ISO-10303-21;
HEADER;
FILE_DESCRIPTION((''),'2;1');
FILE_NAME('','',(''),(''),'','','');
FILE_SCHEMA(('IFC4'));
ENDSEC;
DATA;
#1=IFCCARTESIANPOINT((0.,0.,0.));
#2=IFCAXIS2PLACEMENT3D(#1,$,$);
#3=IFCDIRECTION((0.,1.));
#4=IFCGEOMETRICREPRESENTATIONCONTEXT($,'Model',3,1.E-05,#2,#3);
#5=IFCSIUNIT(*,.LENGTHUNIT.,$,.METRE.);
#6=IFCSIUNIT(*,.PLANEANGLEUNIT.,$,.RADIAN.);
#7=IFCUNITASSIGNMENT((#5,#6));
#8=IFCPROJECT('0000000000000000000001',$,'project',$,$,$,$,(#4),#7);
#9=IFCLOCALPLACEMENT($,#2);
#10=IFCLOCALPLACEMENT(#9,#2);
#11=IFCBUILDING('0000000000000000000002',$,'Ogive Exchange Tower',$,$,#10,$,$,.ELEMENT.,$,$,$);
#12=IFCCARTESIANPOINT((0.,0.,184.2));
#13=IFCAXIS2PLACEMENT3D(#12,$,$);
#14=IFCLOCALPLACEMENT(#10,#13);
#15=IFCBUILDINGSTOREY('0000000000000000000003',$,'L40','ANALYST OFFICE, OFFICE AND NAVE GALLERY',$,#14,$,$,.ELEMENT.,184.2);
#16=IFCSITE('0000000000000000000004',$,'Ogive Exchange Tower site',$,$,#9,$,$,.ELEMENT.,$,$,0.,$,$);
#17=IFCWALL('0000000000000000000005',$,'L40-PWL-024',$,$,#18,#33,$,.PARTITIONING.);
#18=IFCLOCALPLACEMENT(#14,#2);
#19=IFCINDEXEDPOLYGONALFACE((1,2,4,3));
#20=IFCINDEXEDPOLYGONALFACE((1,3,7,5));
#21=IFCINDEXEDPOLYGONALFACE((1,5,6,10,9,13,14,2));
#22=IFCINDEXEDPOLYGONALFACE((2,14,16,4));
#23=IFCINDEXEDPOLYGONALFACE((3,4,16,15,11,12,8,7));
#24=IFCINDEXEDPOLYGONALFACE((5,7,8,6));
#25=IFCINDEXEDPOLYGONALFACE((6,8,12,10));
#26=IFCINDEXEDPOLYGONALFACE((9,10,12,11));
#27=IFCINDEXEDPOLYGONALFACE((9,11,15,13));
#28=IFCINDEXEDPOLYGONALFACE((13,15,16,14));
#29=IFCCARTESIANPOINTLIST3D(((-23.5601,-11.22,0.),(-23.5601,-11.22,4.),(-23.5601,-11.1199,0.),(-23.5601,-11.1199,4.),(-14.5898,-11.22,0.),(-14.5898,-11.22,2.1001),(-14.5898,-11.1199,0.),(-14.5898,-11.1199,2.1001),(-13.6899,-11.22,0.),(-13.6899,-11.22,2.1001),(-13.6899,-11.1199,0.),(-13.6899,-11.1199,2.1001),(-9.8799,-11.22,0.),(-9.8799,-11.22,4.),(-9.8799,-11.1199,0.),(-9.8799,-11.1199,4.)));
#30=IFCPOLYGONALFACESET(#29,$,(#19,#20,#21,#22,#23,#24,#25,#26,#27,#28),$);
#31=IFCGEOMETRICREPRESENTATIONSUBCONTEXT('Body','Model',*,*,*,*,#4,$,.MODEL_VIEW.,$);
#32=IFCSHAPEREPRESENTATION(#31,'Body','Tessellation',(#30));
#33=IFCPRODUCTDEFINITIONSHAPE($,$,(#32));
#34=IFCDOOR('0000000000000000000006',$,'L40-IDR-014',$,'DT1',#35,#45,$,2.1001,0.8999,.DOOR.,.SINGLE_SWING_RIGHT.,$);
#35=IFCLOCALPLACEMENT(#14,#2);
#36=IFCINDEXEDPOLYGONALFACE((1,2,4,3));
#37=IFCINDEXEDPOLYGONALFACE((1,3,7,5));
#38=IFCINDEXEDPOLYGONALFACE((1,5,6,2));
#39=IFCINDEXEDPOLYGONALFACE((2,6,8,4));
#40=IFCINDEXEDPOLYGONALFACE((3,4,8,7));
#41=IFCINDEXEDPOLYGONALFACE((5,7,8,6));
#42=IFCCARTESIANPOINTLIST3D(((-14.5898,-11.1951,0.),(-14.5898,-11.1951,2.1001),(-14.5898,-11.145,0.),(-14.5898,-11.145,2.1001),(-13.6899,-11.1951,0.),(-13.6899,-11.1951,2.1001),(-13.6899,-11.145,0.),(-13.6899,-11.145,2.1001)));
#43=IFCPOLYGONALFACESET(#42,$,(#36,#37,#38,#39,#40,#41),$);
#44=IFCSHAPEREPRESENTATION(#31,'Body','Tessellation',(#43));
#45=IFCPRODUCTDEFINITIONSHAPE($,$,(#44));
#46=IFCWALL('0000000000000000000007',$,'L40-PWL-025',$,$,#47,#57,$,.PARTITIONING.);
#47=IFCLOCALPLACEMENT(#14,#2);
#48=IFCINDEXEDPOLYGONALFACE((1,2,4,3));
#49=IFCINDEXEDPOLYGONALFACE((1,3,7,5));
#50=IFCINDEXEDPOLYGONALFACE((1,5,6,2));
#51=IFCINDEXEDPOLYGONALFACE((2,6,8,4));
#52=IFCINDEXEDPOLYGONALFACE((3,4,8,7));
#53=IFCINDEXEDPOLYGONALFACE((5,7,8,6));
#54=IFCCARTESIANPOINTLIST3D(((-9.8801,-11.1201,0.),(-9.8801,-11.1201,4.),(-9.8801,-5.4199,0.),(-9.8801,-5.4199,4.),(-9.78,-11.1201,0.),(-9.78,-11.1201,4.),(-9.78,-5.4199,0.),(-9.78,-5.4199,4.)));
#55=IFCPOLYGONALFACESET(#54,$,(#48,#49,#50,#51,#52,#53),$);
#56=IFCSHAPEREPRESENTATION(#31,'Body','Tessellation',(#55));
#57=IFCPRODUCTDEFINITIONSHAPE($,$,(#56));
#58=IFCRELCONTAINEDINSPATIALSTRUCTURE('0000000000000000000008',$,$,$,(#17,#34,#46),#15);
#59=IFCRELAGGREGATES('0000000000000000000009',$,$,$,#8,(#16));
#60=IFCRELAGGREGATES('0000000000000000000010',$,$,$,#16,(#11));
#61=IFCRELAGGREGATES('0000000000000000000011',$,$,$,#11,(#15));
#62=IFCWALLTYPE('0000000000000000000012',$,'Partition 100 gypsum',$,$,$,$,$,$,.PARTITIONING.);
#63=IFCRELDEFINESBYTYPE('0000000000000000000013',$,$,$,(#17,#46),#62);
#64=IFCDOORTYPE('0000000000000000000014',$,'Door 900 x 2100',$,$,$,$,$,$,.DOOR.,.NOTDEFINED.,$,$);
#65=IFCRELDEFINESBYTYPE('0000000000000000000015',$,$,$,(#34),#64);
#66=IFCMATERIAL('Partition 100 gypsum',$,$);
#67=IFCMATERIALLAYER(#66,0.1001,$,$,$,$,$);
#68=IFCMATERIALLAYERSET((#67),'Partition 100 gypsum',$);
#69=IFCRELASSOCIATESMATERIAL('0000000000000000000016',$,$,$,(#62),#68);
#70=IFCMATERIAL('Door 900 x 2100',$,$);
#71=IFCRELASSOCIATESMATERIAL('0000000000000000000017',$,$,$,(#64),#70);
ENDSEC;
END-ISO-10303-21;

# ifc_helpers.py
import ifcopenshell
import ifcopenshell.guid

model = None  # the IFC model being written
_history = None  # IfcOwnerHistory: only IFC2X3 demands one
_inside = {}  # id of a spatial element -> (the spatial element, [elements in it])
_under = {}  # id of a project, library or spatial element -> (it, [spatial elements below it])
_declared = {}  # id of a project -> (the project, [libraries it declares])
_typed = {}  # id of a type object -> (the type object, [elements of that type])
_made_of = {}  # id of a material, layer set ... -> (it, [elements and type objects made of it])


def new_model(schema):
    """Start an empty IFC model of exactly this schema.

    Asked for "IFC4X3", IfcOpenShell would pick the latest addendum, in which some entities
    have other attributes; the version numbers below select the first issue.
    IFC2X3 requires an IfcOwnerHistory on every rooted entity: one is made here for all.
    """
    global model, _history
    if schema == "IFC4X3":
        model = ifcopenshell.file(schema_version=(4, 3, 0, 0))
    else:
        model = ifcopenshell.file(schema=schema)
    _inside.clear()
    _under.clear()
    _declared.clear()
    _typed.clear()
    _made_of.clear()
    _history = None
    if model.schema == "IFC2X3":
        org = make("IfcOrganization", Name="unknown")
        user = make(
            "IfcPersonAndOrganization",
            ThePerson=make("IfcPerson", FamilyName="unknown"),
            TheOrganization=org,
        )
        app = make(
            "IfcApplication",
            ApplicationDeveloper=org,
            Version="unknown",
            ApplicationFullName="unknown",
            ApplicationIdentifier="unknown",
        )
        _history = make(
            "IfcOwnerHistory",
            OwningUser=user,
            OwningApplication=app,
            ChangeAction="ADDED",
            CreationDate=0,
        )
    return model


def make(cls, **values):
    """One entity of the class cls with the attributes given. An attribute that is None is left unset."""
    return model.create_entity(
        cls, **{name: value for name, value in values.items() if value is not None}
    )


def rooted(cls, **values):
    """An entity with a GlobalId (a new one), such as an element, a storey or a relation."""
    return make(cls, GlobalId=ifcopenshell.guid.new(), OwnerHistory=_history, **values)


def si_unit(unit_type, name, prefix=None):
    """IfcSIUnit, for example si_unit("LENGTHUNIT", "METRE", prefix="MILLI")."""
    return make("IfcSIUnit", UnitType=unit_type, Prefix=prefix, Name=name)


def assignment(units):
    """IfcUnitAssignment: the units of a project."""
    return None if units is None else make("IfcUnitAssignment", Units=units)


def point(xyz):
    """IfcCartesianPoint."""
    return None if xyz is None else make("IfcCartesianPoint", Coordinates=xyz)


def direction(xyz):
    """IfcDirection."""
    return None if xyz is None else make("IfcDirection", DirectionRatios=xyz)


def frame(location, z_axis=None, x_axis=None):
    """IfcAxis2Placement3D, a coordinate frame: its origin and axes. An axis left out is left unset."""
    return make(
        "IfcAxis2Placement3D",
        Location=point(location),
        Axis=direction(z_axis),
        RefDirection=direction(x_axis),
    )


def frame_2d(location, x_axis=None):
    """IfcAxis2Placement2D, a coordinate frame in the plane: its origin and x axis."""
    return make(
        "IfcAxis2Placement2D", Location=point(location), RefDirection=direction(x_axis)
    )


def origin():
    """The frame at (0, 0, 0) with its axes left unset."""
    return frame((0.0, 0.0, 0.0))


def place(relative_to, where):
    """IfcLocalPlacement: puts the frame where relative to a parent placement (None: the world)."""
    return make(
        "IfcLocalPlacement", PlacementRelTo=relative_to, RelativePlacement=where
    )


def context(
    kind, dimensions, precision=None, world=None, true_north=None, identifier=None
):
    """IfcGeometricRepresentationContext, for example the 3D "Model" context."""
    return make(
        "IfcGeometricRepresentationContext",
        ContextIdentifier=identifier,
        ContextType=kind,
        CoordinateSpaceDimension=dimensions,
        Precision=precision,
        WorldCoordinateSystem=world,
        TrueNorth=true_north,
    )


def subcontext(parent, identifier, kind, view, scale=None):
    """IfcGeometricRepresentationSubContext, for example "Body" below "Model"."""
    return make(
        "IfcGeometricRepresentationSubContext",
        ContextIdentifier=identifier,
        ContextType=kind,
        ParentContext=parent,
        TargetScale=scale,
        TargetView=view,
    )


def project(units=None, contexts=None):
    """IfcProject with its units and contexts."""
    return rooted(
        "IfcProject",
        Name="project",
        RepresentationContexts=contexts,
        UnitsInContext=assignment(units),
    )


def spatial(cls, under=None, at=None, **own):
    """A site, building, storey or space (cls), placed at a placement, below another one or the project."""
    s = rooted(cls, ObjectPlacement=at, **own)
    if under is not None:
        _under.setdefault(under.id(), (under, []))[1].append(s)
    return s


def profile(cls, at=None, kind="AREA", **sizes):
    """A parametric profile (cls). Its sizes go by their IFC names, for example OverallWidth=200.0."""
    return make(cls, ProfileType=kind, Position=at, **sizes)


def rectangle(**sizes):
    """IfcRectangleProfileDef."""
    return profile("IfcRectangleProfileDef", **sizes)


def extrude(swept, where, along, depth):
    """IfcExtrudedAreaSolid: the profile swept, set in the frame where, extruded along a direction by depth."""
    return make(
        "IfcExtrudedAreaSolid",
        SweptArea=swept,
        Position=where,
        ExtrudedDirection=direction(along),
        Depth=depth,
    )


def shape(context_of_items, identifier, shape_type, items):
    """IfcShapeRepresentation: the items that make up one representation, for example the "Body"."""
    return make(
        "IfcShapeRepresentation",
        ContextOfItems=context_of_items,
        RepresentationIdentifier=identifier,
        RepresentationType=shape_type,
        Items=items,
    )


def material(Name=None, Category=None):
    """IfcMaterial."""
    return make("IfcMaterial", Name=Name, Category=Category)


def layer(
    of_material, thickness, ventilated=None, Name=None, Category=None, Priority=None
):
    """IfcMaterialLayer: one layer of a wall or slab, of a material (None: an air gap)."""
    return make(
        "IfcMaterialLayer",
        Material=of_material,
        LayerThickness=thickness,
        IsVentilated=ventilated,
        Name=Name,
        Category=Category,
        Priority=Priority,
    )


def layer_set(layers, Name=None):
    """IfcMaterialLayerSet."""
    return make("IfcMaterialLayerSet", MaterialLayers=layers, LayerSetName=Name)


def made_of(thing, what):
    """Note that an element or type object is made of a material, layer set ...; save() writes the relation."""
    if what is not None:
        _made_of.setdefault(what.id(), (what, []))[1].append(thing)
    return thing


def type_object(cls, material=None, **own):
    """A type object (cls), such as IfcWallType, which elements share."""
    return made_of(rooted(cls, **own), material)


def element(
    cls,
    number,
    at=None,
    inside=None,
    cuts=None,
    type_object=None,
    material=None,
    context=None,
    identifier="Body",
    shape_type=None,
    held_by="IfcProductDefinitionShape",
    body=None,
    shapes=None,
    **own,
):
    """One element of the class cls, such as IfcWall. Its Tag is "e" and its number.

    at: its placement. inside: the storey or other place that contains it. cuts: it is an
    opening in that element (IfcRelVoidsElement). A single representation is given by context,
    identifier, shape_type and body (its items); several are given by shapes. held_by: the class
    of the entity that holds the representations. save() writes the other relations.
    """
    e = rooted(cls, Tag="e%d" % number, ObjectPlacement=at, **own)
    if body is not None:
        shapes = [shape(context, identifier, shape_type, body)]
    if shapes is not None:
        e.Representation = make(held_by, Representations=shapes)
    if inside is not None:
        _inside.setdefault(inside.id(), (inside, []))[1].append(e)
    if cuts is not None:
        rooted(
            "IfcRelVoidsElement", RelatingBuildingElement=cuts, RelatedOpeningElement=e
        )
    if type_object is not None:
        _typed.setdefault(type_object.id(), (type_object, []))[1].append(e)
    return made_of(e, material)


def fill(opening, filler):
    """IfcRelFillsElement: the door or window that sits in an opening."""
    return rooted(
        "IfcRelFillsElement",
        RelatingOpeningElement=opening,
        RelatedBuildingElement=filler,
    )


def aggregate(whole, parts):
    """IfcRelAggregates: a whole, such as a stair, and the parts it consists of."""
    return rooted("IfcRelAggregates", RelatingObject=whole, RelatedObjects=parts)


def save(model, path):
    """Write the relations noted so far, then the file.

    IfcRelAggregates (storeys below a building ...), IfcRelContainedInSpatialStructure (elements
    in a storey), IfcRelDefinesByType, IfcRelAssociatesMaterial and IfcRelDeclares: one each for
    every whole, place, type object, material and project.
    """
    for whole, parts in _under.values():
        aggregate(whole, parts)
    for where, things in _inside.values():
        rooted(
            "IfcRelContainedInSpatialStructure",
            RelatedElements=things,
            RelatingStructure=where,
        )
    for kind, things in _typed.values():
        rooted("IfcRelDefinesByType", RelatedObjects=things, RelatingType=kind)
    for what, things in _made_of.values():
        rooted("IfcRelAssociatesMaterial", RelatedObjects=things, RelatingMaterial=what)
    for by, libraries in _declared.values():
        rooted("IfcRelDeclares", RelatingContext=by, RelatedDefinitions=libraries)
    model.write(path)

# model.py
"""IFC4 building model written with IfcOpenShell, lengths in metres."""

from ifc_helpers import new_model, si_unit, direction, frame, frame_2d, origin, place, context, subcontext, project, spatial, rectangle, extrude, material, layer, layer_set, type_object, element, fill, save


model = new_model("IFC4")

# Units and contexts
model_context = context("Model", 3, precision=1e-05, world=origin(), true_north=direction((0.0, 1.0)))
body_context = subcontext(model_context, "Body", "Model", "MODEL_VIEW")
ifc_project = project(units=[si_unit("LENGTHUNIT", "METRE"), si_unit("PLANEANGLEUNIT", "RADIAN")], contexts=[model_context])

# Site, building, storey
site_placement = place(None, origin())
site = spatial("IfcSite", under=ifc_project, at=site_placement, Name="Ogive Exchange Tower site", CompositionType="ELEMENT", RefElevation=0.0)
building_placement = place(site_placement, origin())
building = spatial("IfcBuilding", under=site, at=building_placement, Name="Ogive Exchange Tower", CompositionType="ELEMENT")
storey_placement = place(building_placement, frame((0.0, 0.0, 184.2)))
storey = spatial("IfcBuildingStorey", under=building, at=storey_placement, Name="L40", Description="ANALYST OFFICE, OFFICE AND NAVE GALLERY", CompositionType="ELEMENT", Elevation=184.2)

# Shared definitions
ifc_material_1 = material(Name="Partition 100 gypsum")
ifc_layer_1 = layer(ifc_material_1, 0.1001)
ifc_layer_set_1 = layer_set([ifc_layer_1], Name="Partition 100 gypsum")
wall_type_1 = type_object("IfcWallType", Name="Partition 100 gypsum", PredefinedType="PARTITIONING", material=ifc_layer_set_1)

# Wall, opening, door
wall_1_placement = place(storey_placement, frame((-9.8799, -11.1699, 0.0), z_axis=(0.0, 0.0, 1.0), x_axis=(-1.0, 0.0, 0.0)))
wall_1 = element("IfcWall", 1, at=wall_1_placement, inside=storey, type_object=wall_type_1, Name="L40-PWL-024", PredefinedType="PARTITIONING", context=body_context, shape_type="SweptSolid", body=[
    extrude(rectangle(XDim=13.6802, YDim=0.1001, at=frame_2d((6.8401, 0.0))), origin(), (0.0, 0.0, 1.0), 4.0),
])
opening_1_placement = place(wall_1_placement, frame((3.8101, 0.0, 0.0)))
opening_1 = element("IfcOpeningElement", 2, at=opening_1_placement, cuts=wall_1, PredefinedType="OPENING", context=body_context, shape_type="SweptSolid", body=[
    extrude(rectangle(XDim=0.8999, YDim=2.1001, at=frame_2d((0.45, 1.05))), frame((0.0, 0.0601, 0.0), z_axis=(0.0, -1.0, 0.0), x_axis=(1.0, 0.0, 0.0)), (0.0, 0.0, 1.0), 0.1201),
])
ifc_material_2 = material(Name="Door 900 x 2100")
door_type_1 = type_object("IfcDoorType", Name="Door 900 x 2100", OperationType="NOTDEFINED", PredefinedType="DOOR", material=ifc_material_2)
door_1_placement = place(opening_1_placement, frame((0.8999, 0.0, 0.0), z_axis=(0.0, 0.0, 1.0), x_axis=(-1.0, 0.0, 0.0)))
door_1 = element("IfcDoor", 3, at=door_1_placement, inside=storey, type_object=door_type_1, Name="L40-IDR-014", ObjectType="DT1", OperationType="SINGLE_SWING_RIGHT", OverallHeight=2.1001, OverallWidth=0.8999, PredefinedType="DOOR", context=body_context, shape_type="SweptSolid", body=[
    extrude(rectangle(XDim=0.8999, YDim=2.1001, at=frame_2d((0.45, 1.05))), frame((0.0, 0.0249, 0.0), z_axis=(0.0, -1.0, 0.0), x_axis=(1.0, 0.0, 0.0)), (0.0, 0.0, 1.0), 0.05),
])
fill(opening_1, door_1)

# Wall
wall_2_placement = place(storey_placement, frame((-9.8301, -11.1201, 0.0), z_axis=(0.0, 0.0, 1.0), x_axis=(0.0, 1.0, 0.0)))
element("IfcWall", 4, at=wall_2_placement, inside=storey, type_object=wall_type_1, Name="L40-PWL-025", PredefinedType="PARTITIONING", context=body_context, shape_type="SweptSolid", body=[
    extrude(rectangle(XDim=5.7002, YDim=0.1001, at=frame_2d((2.8501, 0.0))), origin(), (0.0, 0.0, 1.0), 4.0),
])

save(model, "model.ifc")
